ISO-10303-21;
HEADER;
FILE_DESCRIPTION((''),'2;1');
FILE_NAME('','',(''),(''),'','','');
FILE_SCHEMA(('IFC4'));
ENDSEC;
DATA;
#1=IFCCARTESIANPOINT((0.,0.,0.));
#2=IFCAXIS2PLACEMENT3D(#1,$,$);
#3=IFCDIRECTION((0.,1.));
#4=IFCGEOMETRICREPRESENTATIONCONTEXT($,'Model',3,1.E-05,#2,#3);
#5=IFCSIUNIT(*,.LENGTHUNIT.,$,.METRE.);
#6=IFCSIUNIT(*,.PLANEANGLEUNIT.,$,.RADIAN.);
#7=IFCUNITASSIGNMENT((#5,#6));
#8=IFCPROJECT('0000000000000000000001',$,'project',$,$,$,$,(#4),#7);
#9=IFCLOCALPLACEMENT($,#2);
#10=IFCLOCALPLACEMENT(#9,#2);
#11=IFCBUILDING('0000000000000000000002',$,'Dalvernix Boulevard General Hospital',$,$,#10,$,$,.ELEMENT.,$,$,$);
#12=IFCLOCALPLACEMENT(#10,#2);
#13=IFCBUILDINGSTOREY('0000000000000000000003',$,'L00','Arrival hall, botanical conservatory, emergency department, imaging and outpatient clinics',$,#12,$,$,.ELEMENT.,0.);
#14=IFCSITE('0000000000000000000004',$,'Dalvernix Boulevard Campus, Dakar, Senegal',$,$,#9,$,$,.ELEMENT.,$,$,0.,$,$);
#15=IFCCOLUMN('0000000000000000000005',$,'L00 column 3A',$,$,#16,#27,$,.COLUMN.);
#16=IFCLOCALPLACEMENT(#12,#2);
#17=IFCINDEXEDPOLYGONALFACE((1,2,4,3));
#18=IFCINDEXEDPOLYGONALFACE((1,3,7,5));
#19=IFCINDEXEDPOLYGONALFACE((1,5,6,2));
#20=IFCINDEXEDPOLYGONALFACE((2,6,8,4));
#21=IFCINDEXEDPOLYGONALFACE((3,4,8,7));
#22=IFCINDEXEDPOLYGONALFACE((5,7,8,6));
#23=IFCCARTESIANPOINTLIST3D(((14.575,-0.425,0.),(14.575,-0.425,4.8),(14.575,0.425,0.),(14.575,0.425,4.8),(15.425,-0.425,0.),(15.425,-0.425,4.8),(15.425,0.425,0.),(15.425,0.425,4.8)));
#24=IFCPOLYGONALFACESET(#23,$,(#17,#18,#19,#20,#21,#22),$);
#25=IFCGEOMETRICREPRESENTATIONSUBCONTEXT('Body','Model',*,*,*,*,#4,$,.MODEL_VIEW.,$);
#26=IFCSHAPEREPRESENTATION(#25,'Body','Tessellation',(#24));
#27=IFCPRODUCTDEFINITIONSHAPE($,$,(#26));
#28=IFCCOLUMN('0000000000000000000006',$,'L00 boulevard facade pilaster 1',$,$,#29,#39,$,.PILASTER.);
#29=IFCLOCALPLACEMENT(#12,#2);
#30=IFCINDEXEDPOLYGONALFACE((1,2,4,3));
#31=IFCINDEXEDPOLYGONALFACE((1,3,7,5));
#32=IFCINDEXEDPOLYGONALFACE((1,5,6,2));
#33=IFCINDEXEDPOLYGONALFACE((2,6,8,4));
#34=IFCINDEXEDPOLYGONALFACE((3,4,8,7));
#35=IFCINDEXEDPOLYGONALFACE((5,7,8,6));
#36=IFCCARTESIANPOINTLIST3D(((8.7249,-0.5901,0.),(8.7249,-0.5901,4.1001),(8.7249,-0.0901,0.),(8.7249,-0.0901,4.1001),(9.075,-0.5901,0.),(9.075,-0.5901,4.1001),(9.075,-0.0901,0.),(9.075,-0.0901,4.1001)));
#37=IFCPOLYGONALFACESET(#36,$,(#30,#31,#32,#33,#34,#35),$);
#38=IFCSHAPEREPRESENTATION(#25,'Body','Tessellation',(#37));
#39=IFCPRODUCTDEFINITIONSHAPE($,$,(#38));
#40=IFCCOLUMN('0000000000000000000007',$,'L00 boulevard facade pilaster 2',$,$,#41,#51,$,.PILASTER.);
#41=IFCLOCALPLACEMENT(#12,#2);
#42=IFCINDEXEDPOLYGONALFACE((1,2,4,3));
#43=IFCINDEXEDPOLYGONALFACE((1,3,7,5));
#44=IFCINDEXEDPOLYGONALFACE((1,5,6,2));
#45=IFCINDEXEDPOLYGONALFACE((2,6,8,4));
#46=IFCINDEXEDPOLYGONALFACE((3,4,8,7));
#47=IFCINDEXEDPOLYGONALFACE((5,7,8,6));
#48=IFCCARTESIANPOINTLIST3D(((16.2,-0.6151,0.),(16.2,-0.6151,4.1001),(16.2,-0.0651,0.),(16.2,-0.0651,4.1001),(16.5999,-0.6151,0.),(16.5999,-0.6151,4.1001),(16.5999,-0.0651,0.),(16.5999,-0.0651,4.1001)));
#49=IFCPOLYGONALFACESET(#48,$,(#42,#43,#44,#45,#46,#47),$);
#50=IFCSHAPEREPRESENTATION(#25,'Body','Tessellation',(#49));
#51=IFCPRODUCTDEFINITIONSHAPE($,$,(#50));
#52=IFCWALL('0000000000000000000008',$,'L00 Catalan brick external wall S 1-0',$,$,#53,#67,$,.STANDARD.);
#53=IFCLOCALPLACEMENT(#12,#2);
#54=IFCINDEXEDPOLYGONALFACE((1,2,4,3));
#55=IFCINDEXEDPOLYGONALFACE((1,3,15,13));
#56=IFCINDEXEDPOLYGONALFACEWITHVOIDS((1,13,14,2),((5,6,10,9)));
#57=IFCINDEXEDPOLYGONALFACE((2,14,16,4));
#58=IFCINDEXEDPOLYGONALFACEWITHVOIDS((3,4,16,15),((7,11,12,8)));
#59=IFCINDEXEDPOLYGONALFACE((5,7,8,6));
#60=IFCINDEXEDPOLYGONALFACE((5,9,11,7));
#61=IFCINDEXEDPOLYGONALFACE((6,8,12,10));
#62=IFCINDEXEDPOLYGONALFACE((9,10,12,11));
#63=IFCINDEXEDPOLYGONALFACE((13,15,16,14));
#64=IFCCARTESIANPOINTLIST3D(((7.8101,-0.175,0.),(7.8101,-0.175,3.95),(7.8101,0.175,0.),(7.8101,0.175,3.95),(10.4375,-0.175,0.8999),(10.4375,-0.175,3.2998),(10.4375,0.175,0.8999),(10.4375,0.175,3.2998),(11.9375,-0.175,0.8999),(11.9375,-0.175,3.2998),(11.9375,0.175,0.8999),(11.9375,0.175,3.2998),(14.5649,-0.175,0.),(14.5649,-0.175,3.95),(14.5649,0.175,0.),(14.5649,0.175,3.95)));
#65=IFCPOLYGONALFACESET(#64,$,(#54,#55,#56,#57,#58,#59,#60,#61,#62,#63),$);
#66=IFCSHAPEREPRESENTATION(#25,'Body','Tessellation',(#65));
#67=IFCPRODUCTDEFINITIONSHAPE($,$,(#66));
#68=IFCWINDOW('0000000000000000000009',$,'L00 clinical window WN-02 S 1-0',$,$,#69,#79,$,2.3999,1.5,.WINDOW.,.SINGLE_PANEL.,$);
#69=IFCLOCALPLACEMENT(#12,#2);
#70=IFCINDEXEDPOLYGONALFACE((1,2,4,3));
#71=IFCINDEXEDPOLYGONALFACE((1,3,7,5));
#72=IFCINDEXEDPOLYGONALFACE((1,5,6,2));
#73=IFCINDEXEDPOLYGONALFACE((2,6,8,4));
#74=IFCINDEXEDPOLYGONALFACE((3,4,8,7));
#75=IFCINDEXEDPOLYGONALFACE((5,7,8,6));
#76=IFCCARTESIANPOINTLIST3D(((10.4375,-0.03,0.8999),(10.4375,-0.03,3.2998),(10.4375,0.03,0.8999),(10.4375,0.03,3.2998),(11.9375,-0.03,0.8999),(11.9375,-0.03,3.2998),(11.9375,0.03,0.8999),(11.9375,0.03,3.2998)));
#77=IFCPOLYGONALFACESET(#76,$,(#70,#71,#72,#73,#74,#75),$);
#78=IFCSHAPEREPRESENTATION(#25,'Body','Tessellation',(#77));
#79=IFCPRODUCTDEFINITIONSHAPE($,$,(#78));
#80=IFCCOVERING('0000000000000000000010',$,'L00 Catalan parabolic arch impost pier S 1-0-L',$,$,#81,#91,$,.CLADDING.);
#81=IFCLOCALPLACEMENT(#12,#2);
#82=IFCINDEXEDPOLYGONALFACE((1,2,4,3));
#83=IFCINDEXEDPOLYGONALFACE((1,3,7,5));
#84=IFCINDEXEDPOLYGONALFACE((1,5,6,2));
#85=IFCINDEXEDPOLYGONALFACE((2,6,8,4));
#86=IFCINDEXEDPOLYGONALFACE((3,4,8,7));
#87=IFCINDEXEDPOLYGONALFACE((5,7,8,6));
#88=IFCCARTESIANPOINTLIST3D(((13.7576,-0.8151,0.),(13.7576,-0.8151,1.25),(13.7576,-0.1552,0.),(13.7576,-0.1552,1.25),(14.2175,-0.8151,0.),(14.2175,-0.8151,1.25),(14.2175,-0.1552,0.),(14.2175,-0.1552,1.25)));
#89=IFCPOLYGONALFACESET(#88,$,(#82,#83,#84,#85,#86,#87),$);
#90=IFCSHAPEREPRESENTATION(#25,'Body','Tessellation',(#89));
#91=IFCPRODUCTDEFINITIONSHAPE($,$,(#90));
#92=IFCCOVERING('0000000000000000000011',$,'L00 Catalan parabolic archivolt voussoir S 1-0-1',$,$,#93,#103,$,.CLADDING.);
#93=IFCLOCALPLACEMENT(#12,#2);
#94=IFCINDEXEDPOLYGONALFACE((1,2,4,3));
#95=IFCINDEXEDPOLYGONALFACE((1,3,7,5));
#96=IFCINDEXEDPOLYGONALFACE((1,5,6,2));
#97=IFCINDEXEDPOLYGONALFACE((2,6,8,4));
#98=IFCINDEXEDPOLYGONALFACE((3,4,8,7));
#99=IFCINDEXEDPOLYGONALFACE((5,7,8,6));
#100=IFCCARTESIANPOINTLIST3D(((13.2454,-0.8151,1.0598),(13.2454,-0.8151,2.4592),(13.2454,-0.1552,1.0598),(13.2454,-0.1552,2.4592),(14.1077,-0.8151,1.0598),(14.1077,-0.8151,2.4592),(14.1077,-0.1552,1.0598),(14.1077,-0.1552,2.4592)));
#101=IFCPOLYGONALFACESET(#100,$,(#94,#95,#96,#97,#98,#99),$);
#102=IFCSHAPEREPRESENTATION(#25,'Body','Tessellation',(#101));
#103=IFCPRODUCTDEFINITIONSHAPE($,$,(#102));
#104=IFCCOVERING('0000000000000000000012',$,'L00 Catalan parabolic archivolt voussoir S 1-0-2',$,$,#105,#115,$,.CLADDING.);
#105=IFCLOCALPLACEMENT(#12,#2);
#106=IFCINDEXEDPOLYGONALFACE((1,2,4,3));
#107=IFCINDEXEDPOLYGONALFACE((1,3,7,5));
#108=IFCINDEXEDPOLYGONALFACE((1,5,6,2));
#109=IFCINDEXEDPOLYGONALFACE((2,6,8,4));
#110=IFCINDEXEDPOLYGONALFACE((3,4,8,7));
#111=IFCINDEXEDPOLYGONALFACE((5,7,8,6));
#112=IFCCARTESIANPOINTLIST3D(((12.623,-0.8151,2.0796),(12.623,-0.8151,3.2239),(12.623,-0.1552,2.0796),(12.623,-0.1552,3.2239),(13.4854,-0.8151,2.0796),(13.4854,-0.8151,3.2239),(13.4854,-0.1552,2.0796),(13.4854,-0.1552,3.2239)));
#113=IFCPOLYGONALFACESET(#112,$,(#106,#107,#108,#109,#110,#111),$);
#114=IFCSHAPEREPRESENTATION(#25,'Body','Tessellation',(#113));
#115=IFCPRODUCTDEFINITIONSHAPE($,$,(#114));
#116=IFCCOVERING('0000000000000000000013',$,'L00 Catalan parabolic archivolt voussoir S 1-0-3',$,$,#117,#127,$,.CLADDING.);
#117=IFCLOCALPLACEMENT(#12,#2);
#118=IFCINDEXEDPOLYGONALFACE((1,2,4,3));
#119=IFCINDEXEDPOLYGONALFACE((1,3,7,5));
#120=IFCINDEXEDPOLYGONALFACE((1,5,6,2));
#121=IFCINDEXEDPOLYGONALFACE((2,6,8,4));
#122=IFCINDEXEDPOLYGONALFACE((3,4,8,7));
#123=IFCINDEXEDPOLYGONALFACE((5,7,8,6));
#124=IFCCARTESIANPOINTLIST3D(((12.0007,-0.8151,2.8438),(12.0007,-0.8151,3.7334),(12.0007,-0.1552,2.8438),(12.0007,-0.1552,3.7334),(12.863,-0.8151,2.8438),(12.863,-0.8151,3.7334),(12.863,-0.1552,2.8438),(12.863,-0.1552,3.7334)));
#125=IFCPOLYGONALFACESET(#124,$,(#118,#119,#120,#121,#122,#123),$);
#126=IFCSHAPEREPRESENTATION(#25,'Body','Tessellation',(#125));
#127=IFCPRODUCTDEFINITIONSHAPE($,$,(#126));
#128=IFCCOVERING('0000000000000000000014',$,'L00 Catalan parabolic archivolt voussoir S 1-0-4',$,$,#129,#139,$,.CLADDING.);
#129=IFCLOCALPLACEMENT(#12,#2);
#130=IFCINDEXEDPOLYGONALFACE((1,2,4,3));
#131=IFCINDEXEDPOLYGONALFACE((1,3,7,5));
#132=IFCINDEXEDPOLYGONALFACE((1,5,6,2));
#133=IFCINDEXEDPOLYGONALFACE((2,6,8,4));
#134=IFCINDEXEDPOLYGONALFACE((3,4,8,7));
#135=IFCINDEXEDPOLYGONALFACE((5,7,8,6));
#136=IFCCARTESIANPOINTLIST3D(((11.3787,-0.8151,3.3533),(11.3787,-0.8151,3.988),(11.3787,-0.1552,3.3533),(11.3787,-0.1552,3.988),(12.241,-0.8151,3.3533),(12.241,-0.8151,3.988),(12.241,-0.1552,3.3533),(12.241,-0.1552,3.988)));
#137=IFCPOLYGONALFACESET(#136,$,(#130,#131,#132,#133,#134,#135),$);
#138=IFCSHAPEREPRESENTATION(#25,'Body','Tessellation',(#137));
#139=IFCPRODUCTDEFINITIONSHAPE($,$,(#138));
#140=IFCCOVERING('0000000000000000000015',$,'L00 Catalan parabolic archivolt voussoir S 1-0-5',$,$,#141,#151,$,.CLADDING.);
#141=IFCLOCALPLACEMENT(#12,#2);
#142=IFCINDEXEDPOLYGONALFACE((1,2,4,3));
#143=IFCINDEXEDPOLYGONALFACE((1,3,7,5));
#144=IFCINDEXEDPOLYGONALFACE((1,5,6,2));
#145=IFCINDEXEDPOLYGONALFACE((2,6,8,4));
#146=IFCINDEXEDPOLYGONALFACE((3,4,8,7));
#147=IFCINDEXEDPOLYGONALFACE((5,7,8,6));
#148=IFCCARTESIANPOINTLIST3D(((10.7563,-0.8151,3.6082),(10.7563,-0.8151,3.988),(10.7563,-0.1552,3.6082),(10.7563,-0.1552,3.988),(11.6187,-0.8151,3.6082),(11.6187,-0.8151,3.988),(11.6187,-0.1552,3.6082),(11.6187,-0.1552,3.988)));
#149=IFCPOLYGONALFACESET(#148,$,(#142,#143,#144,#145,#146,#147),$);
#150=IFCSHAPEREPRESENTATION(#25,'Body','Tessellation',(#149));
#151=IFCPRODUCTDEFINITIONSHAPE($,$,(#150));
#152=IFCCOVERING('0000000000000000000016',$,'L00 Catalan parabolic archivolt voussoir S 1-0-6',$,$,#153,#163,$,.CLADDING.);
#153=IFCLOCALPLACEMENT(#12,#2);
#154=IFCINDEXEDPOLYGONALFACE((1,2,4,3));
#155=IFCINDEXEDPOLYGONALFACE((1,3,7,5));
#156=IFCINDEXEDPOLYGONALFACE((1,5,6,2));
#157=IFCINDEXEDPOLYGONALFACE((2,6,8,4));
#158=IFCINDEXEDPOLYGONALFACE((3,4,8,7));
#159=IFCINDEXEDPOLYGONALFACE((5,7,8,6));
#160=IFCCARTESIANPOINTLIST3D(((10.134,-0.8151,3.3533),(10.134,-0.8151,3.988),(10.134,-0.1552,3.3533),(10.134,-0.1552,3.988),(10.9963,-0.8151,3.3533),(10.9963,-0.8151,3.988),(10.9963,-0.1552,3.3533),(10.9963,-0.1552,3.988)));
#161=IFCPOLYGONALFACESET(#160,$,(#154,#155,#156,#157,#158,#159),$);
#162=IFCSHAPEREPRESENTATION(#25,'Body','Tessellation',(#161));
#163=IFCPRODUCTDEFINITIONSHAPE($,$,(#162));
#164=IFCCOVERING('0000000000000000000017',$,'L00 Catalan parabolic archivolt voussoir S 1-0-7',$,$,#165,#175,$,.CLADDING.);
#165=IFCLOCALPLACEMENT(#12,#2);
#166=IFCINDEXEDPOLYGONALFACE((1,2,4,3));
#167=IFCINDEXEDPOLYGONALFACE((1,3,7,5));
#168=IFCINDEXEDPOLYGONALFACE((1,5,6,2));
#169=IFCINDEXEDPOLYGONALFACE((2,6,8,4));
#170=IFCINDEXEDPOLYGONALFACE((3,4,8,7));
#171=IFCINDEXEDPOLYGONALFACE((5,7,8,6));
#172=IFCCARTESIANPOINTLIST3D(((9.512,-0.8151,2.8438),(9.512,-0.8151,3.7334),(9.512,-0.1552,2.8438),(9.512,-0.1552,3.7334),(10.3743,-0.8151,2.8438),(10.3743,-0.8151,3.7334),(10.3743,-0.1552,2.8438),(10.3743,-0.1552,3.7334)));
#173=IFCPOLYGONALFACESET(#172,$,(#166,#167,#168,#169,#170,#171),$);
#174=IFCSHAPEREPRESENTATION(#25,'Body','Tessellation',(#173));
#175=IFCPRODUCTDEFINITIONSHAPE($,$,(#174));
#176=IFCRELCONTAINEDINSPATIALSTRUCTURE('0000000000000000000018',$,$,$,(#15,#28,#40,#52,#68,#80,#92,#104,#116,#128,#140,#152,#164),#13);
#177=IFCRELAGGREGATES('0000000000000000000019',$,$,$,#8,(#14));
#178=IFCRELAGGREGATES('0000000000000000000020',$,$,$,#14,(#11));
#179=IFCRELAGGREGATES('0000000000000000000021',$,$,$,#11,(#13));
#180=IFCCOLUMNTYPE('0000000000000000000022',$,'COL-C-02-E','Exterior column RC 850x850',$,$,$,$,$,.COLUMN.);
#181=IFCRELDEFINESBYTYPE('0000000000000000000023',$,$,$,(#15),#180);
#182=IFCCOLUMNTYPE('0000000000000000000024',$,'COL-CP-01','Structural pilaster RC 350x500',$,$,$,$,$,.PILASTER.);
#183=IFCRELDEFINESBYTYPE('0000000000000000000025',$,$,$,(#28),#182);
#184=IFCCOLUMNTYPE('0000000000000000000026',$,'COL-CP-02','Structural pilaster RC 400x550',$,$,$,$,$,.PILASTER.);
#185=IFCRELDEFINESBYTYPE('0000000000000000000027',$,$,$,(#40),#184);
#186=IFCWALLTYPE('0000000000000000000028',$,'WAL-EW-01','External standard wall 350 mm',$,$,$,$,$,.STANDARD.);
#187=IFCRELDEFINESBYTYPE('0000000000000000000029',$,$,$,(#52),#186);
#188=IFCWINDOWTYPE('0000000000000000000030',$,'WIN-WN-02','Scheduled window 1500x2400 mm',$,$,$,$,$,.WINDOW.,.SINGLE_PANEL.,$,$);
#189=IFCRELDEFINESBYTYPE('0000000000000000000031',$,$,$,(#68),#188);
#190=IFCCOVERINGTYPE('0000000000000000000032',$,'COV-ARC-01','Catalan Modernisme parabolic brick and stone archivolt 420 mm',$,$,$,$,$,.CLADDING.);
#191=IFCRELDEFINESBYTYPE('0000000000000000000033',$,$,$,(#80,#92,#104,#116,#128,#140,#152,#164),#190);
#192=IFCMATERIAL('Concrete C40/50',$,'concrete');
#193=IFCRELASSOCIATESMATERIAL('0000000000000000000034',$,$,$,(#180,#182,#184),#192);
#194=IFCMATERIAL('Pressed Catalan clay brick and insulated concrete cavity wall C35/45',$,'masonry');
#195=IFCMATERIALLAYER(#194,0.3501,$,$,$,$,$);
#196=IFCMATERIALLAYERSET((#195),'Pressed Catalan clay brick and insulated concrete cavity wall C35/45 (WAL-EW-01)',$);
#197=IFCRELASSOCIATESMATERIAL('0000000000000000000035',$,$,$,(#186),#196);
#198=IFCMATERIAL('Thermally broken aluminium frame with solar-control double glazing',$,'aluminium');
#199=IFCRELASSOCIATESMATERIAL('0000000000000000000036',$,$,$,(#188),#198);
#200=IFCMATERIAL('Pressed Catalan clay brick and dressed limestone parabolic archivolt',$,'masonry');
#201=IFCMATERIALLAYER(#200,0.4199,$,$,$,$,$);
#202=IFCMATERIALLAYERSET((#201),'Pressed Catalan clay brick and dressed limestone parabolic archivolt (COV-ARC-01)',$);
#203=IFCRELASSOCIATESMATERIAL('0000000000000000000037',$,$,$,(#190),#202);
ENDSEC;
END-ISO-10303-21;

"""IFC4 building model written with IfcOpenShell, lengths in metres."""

from ifc_helpers import new_model, si_unit, direction, frame, frame_2d, origin, origin_2d, place, context, subcontext, project, spatial, rectangle, extrude, material, layer, layer_set, material_profile, profile_set, type_object, element, fill, save


model = new_model("IFC4")

# Units and contexts
model_context = context("Model", 3, precision=1e-05, world=origin(), true_north=direction((0.0, 1.0)))
body_context = subcontext(model_context, "Body", "Model", "MODEL_VIEW")
ifc_project = project(units=[si_unit("LENGTHUNIT", "METRE"), si_unit("PLANEANGLEUNIT", "RADIAN")], contexts=[model_context])

# Site, building, storey
site_placement = place(None, origin())
site = spatial("IfcSite", under=ifc_project, at=site_placement, Name="Dalvernix Boulevard Campus, Dakar, Senegal", CompositionType="ELEMENT", RefElevation=0.0)
building_placement = place(site_placement, origin())
building = spatial("IfcBuilding", under=site, at=building_placement, Name="Dalvernix Boulevard General Hospital", CompositionType="ELEMENT")
storey_placement = place(building_placement, origin())
storey = spatial("IfcBuildingStorey", under=building, at=storey_placement, Name="L00", Description="Arrival hall, botanical conservatory, emergency department, imaging and outpatient clinics", CompositionType="ELEMENT", Elevation=0.0)

# Columns
ifc_material_1 = material(Name="Concrete C40/50", Category="concrete")
ifc_material_profile_1 = material_profile(ifc_material_1, rectangle(XDim=0.8501, YDim=0.8501, at=origin_2d()), Name="RC 850x850")
ifc_profile_set_1 = profile_set([ifc_material_profile_1], Name="Concrete C40/50")
column_type_1 = type_object("IfcColumnType", Name="COL-C-02-E", Description="Exterior column RC 850x850", PredefinedType="COLUMN", material=ifc_profile_set_1)
column_1_placement = place(storey_placement, frame((15.0, 0.0, 0.0), z_axis=(0.0, 0.0, 1.0), x_axis=(1.0, 0.0, 0.0)))
element("IfcColumn", 1, at=column_1_placement, inside=storey, type_object=column_type_1, Name="L00 column 3A", PredefinedType="COLUMN", context=body_context, shape_type="SweptSolid", body=[
    extrude(rectangle(XDim=0.8501, YDim=0.8501, at=origin_2d()), origin(), (0.0, 0.0, 1.0), 4.8),
])
ifc_material_profile_2 = material_profile(ifc_material_1, rectangle(XDim=0.3501, YDim=0.5, at=origin_2d()), Name="RC 350x500")
ifc_profile_set_2 = profile_set([ifc_material_profile_2], Name="Concrete C40/50")
column_type_2 = type_object("IfcColumnType", Name="COL-CP-01", Description="Structural pilaster RC 350x500", PredefinedType="PILASTER", material=ifc_profile_set_2)
column_2_placement = place(storey_placement, frame((8.8999, -0.3401, 0.0), z_axis=(0.0, 0.0, 1.0), x_axis=(1.0, 0.0, 0.0)))
element("IfcColumn", 2, at=column_2_placement, inside=storey, type_object=column_type_2, Name="L00 boulevard facade pilaster 1", PredefinedType="PILASTER", context=body_context, shape_type="SweptSolid", body=[
    extrude(rectangle(XDim=0.3501, YDim=0.5, at=origin_2d()), origin(), (0.0, 0.0, 1.0), 4.1001),
])
ifc_material_profile_3 = material_profile(ifc_material_1, rectangle(XDim=0.3999, YDim=0.55, at=origin_2d()), Name="RC 400x550")
ifc_profile_set_3 = profile_set([ifc_material_profile_3], Name="Concrete C40/50")
column_type_3 = type_object("IfcColumnType", Name="COL-CP-02", Description="Structural pilaster RC 400x550", PredefinedType="PILASTER", material=ifc_profile_set_3)
column_3_placement = place(storey_placement, frame((16.3999, -0.3401, 0.0), z_axis=(0.0, 0.0, 1.0), x_axis=(1.0, 0.0, 0.0)))
element("IfcColumn", 3, at=column_3_placement, inside=storey, type_object=column_type_3, Name="L00 boulevard facade pilaster 2", PredefinedType="PILASTER", context=body_context, shape_type="SweptSolid", body=[
    extrude(rectangle(XDim=0.3999, YDim=0.55, at=origin_2d()), origin(), (0.0, 0.0, 1.0), 4.1001),
])

# Wall, opening, window
ifc_material_2 = material(Name="Pressed Catalan clay brick and insulated concrete cavity wall C35/45", Category="masonry")
ifc_layer_1 = layer(ifc_material_2, 0.3501)
ifc_layer_set_1 = layer_set([ifc_layer_1], Name="Pressed Catalan clay brick and insulated concrete cavity wall C35/45 (WAL-EW-01)")
wall_type = type_object("IfcWallType", Name="WAL-EW-01", Description="External standard wall 350 mm", PredefinedType="STANDARD", material=ifc_layer_set_1)
wall_placement = place(storey_placement, frame((14.5649, 0.0, 0.0), z_axis=(0.0, 0.0, 1.0), x_axis=(-1.0, 0.0, 0.0)))
wall = element("IfcWall", 4, at=wall_placement, inside=storey, type_object=wall_type, Name="L00 Catalan brick external wall S 1-0", PredefinedType="STANDARD", context=body_context, shape_type="SweptSolid", body=[
    extrude(rectangle(XDim=6.7549, YDim=0.3501, at=frame_2d((3.3774, 0.0))), origin(), (0.0, 0.0, 1.0), 3.95),
])
opening_placement = place(wall_placement, frame((2.6274, 0.0, 0.8999)))
opening = element("IfcOpeningElement", 5, at=opening_placement, cuts=wall, PredefinedType="OPENING", context=body_context, shape_type="SweptSolid", body=[
    extrude(rectangle(XDim=1.5, YDim=2.3999, at=frame_2d((0.75, 1.2))), frame((0.0, 0.1851, 0.0), z_axis=(0.0, -1.0, 0.0), x_axis=(1.0, 0.0, 0.0)), (0.0, 0.0, 1.0), 0.3701),
])
ifc_material_3 = material(Name="Thermally broken aluminium frame with solar-control double glazing", Category="aluminium")
window_type = type_object("IfcWindowType", Name="WIN-WN-02", Description="Scheduled window 1500x2400 mm", PartitioningType="SINGLE_PANEL", PredefinedType="WINDOW", material=ifc_material_3)
window_placement = place(opening_placement, origin())
window = element("IfcWindow", 6, at=window_placement, inside=storey, type_object=window_type, Name="L00 clinical window WN-02 S 1-0", OverallHeight=2.3999, OverallWidth=1.5, PartitioningType="SINGLE_PANEL", PredefinedType="WINDOW", context=body_context, shape_type="SweptSolid", body=[
    extrude(rectangle(XDim=1.5, YDim=2.3999, at=frame_2d((0.75, 1.2))), frame((0.0, 0.03, 0.0), z_axis=(0.0, -1.0, 0.0), x_axis=(1.0, 0.0, 0.0)), (0.0, 0.0, 1.0), 0.0601),
])
fill(opening, window)

# Coverings
ifc_material_4 = material(Name="Pressed Catalan clay brick and dressed limestone parabolic archivolt", Category="masonry")
ifc_layer_2 = layer(ifc_material_4, 0.4199)
ifc_layer_set_2 = layer_set([ifc_layer_2], Name="Pressed Catalan clay brick and dressed limestone parabolic archivolt (COV-ARC-01)")
covering_type_1 = type_object("IfcCoveringType", Name="COV-ARC-01", Description="Catalan Modernisme parabolic brick and stone archivolt 420 mm", PredefinedType="CLADDING", material=ifc_layer_set_2)
covering_1_placement = place(storey_placement, frame((13.9875, -0.4851, 0.0), z_axis=(0.0, 0.0, 1.0), x_axis=(-1.0, 0.0, 0.0)))
element("IfcCovering", 7, at=covering_1_placement, inside=storey, type_object=covering_type_1, Name="L00 Catalan parabolic arch impost pier S 1-0-L", PredefinedType="CLADDING", context=body_context, shape_type="SweptSolid", body=[
    extrude(rectangle(XDim=0.46, YDim=0.6599, at=origin_2d()), origin(), (0.0, 0.0, 1.0), 1.25),
])
covering_2_placement = place(storey_placement, frame((13.6765, -0.4851, 1.0598), z_axis=(0.0, 0.0, 1.0), x_axis=(-1.0, 0.0, 0.0)))
element("IfcCovering", 8, at=covering_2_placement, inside=storey, type_object=covering_type_1, Name="L00 Catalan parabolic archivolt voussoir S 1-0-1", PredefinedType="CLADDING", context=body_context, shape_type="SweptSolid", body=[
    extrude(rectangle(XDim=0.8623, YDim=0.6599, at=origin_2d()), origin(), (0.0, 0.0, 1.0), 1.3994),
])
covering_3_placement = place(storey_placement, frame((13.0542, -0.4851, 2.0796), z_axis=(0.0, 0.0, 1.0), x_axis=(-1.0, 0.0, 0.0)))
element("IfcCovering", 9, at=covering_3_placement, inside=storey, type_object=covering_type_1, Name="L00 Catalan parabolic archivolt voussoir S 1-0-2", PredefinedType="CLADDING", context=body_context, shape_type="SweptSolid", body=[
    extrude(rectangle(XDim=0.8623, YDim=0.6599, at=origin_2d()), origin(), (0.0, 0.0, 1.0), 1.1443),
])
covering_4_placement = place(storey_placement, frame((12.4319, -0.4851, 2.8438), z_axis=(0.0, 0.0, 1.0), x_axis=(-1.0, 0.0, 0.0)))
element("IfcCovering", 10, at=covering_4_placement, inside=storey, type_object=covering_type_1, Name="L00 Catalan parabolic archivolt voussoir S 1-0-3", PredefinedType="CLADDING", context=body_context, shape_type="SweptSolid", body=[
    extrude(rectangle(XDim=0.8623, YDim=0.6599, at=origin_2d()), origin(), (0.0, 0.0, 1.0), 0.8896),
])
covering_5_placement = place(storey_placement, frame((11.8098, -0.4851, 3.3533), z_axis=(0.0, 0.0, 1.0), x_axis=(-1.0, 0.0, 0.0)))
element("IfcCovering", 11, at=covering_5_placement, inside=storey, type_object=covering_type_1, Name="L00 Catalan parabolic archivolt voussoir S 1-0-4", PredefinedType="CLADDING", context=body_context, shape_type="SweptSolid", body=[
    extrude(rectangle(XDim=0.8623, YDim=0.6599, at=origin_2d()), origin(), (0.0, 0.0, 1.0), 0.6348),
])
covering_6_placement = place(storey_placement, frame((11.1875, -0.4851, 3.6082), z_axis=(0.0, 0.0, 1.0), x_axis=(-1.0, 0.0, 0.0)))
element("IfcCovering", 12, at=covering_6_placement, inside=storey, type_object=covering_type_1, Name="L00 Catalan parabolic archivolt voussoir S 1-0-5", PredefinedType="CLADDING", context=body_context, shape_type="SweptSolid", body=[
    extrude(rectangle(XDim=0.8623, YDim=0.6599, at=origin_2d()), origin(), (0.0, 0.0, 1.0), 0.3799),
])
covering_7_placement = place(storey_placement, frame((10.5652, -0.4851, 3.3533), z_axis=(0.0, 0.0, 1.0), x_axis=(-1.0, 0.0, 0.0)))
element("IfcCovering", 13, at=covering_7_placement, inside=storey, type_object=covering_type_1, Name="L00 Catalan parabolic archivolt voussoir S 1-0-6", PredefinedType="CLADDING", context=body_context, shape_type="SweptSolid", body=[
    extrude(rectangle(XDim=0.8623, YDim=0.6599, at=origin_2d()), origin(), (0.0, 0.0, 1.0), 0.6348),
])
covering_8_placement = place(storey_placement, frame((9.9431, -0.4851, 2.8438), z_axis=(0.0, 0.0, 1.0), x_axis=(-1.0, 0.0, 0.0)))
element("IfcCovering", 14, at=covering_8_placement, inside=storey, type_object=covering_type_1, Name="L00 Catalan parabolic archivolt voussoir S 1-0-7", PredefinedType="CLADDING", context=body_context, shape_type="SweptSolid", body=[
    extrude(rectangle(XDim=0.8623, YDim=0.6599, at=origin_2d()), origin(), (0.0, 0.0, 1.0), 0.8896),
])

save(model, "model.ifc")
